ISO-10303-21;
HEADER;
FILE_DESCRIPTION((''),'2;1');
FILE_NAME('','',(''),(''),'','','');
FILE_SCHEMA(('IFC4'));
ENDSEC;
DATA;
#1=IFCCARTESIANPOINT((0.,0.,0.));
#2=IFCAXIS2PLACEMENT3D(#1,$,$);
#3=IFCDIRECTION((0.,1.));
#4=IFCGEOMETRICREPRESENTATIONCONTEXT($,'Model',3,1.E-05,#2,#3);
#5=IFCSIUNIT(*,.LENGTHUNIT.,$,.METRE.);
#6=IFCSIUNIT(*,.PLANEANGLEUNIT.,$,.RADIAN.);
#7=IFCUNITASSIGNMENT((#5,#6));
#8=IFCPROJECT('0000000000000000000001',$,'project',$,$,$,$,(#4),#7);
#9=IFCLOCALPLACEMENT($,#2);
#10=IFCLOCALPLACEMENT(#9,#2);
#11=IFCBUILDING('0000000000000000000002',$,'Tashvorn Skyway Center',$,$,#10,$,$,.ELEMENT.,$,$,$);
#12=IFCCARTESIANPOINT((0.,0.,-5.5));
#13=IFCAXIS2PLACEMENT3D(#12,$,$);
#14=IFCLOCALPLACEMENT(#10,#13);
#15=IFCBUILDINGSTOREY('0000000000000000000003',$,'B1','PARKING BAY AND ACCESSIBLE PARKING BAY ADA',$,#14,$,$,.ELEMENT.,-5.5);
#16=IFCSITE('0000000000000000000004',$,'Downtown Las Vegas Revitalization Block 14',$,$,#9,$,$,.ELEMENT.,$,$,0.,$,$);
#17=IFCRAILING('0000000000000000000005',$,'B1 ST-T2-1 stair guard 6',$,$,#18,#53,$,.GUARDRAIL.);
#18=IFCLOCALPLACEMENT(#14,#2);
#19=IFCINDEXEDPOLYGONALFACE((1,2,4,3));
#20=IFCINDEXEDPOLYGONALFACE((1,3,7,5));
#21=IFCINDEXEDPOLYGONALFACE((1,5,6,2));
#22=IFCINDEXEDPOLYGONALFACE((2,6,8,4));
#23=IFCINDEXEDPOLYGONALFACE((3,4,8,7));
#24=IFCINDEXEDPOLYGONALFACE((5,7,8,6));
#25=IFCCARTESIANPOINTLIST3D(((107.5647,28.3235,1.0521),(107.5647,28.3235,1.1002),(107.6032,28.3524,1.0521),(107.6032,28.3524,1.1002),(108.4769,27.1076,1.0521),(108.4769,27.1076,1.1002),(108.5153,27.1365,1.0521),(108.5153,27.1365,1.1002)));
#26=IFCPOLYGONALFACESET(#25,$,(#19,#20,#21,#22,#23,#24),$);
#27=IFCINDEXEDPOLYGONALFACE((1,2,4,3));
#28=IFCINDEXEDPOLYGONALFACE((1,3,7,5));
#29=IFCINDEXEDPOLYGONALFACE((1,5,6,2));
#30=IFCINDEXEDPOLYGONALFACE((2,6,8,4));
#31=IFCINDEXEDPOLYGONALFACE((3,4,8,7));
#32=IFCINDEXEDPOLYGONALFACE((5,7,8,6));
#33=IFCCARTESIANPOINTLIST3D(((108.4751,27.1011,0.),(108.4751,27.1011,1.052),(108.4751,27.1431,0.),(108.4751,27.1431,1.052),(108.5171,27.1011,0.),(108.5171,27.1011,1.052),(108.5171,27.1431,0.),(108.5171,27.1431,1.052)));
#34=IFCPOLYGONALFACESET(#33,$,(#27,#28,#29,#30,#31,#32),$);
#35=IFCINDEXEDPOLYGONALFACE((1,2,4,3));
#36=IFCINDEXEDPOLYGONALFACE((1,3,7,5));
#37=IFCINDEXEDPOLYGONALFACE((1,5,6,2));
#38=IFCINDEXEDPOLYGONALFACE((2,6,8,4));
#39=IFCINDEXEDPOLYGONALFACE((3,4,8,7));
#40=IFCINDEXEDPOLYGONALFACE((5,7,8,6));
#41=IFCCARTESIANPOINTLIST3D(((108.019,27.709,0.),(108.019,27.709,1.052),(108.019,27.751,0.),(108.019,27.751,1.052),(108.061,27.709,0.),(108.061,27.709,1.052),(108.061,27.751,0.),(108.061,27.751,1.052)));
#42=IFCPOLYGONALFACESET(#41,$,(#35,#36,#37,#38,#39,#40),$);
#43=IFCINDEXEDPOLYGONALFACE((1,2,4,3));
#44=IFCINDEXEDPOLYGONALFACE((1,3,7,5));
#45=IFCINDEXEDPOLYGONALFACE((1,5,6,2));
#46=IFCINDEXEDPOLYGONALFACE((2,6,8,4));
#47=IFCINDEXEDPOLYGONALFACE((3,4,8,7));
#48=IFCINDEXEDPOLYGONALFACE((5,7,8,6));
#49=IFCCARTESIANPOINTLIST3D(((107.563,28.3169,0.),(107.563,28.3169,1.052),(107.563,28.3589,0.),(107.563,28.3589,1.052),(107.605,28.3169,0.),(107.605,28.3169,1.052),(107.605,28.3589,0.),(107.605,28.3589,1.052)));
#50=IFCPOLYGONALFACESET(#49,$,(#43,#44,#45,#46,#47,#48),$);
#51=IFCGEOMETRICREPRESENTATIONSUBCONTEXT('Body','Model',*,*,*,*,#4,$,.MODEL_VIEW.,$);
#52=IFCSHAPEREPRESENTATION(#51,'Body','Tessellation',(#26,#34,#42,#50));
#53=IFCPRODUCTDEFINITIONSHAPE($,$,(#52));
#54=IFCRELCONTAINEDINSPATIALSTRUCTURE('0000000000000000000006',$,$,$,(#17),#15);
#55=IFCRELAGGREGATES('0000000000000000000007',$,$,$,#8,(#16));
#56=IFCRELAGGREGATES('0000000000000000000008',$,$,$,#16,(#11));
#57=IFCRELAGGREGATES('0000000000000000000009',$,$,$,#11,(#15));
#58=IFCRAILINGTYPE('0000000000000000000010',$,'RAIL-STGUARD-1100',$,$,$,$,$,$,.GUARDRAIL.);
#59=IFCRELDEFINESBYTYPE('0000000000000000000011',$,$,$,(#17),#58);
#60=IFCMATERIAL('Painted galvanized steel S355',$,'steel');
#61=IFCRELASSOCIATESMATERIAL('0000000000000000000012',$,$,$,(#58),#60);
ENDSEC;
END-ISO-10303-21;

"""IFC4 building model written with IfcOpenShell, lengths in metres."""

from ifc_helpers import new_model, si_unit, direction, frame, origin, origin_2d, place, context, subcontext, project, spatial, rectangle, extrude, material, type_object, element, save


model = new_model("IFC4")

# Units and contexts
model_context = context("Model", 3, precision=1e-05, world=origin(), true_north=direction((0.0, 1.0)))
body_context = subcontext(model_context, "Body", "Model", "MODEL_VIEW")
ifc_project = project(units=[si_unit("LENGTHUNIT", "METRE"), si_unit("PLANEANGLEUNIT", "RADIAN")], contexts=[model_context])

# Site, building, storey
site_placement = place(None, origin())
site = spatial("IfcSite", under=ifc_project, at=site_placement, Name="Downtown Las Vegas Revitalization Block 14", CompositionType="ELEMENT", RefElevation=0.0)
building_placement = place(site_placement, origin())
building = spatial("IfcBuilding", under=site, at=building_placement, Name="Tashvorn Skyway Center", CompositionType="ELEMENT")
storey_placement = place(building_placement, frame((0.0, 0.0, -5.5)))
storey = spatial("IfcBuildingStorey", under=building, at=storey_placement, Name="B1", Description="PARKING BAY AND ACCESSIBLE PARKING BAY ADA", CompositionType="ELEMENT", Elevation=-5.5)

# Railing
ifc_material_1 = material(Name="Painted galvanized steel S355", Category="steel")
railing_type_1 = type_object("IfcRailingType", Name="RAIL-STGUARD-1100", PredefinedType="GUARDRAIL", material=ifc_material_1)
railing_1_placement = place(storey_placement, frame((108.4961, 27.1221, 0.0)))
element("IfcRailing", 1, at=railing_1_placement, inside=storey, type_object=railing_type_1, Name="B1 ST-T2-1 stair guard 6", PredefinedType="GUARDRAIL", context=body_context, shape_type="SweptSolid", body=[
    extrude(rectangle(XDim=0.0481, YDim=0.0481, at=origin_2d()), frame((0.0, 0.0, 1.0762), z_axis=(-0.600103, 0.799923, 0.0), x_axis=(-0.799923, -0.600103, 0.0)), (0.0, 0.0, 1.0), 1.52),
    extrude(rectangle(XDim=0.042, YDim=0.042, at=origin_2d()), origin(), (0.0, 0.0, 1.0), 1.052),
    extrude(rectangle(XDim=0.042, YDim=0.042, at=origin_2d()), frame((-0.4561, 0.6079, 0.0)), (0.0, 0.0, 1.0), 1.052),
    extrude(rectangle(XDim=0.042, YDim=0.042, at=origin_2d()), frame((-0.9121, 1.2158, 0.0)), (0.0, 0.0, 1.0), 1.052),
])

save(model, "model.ifc")
